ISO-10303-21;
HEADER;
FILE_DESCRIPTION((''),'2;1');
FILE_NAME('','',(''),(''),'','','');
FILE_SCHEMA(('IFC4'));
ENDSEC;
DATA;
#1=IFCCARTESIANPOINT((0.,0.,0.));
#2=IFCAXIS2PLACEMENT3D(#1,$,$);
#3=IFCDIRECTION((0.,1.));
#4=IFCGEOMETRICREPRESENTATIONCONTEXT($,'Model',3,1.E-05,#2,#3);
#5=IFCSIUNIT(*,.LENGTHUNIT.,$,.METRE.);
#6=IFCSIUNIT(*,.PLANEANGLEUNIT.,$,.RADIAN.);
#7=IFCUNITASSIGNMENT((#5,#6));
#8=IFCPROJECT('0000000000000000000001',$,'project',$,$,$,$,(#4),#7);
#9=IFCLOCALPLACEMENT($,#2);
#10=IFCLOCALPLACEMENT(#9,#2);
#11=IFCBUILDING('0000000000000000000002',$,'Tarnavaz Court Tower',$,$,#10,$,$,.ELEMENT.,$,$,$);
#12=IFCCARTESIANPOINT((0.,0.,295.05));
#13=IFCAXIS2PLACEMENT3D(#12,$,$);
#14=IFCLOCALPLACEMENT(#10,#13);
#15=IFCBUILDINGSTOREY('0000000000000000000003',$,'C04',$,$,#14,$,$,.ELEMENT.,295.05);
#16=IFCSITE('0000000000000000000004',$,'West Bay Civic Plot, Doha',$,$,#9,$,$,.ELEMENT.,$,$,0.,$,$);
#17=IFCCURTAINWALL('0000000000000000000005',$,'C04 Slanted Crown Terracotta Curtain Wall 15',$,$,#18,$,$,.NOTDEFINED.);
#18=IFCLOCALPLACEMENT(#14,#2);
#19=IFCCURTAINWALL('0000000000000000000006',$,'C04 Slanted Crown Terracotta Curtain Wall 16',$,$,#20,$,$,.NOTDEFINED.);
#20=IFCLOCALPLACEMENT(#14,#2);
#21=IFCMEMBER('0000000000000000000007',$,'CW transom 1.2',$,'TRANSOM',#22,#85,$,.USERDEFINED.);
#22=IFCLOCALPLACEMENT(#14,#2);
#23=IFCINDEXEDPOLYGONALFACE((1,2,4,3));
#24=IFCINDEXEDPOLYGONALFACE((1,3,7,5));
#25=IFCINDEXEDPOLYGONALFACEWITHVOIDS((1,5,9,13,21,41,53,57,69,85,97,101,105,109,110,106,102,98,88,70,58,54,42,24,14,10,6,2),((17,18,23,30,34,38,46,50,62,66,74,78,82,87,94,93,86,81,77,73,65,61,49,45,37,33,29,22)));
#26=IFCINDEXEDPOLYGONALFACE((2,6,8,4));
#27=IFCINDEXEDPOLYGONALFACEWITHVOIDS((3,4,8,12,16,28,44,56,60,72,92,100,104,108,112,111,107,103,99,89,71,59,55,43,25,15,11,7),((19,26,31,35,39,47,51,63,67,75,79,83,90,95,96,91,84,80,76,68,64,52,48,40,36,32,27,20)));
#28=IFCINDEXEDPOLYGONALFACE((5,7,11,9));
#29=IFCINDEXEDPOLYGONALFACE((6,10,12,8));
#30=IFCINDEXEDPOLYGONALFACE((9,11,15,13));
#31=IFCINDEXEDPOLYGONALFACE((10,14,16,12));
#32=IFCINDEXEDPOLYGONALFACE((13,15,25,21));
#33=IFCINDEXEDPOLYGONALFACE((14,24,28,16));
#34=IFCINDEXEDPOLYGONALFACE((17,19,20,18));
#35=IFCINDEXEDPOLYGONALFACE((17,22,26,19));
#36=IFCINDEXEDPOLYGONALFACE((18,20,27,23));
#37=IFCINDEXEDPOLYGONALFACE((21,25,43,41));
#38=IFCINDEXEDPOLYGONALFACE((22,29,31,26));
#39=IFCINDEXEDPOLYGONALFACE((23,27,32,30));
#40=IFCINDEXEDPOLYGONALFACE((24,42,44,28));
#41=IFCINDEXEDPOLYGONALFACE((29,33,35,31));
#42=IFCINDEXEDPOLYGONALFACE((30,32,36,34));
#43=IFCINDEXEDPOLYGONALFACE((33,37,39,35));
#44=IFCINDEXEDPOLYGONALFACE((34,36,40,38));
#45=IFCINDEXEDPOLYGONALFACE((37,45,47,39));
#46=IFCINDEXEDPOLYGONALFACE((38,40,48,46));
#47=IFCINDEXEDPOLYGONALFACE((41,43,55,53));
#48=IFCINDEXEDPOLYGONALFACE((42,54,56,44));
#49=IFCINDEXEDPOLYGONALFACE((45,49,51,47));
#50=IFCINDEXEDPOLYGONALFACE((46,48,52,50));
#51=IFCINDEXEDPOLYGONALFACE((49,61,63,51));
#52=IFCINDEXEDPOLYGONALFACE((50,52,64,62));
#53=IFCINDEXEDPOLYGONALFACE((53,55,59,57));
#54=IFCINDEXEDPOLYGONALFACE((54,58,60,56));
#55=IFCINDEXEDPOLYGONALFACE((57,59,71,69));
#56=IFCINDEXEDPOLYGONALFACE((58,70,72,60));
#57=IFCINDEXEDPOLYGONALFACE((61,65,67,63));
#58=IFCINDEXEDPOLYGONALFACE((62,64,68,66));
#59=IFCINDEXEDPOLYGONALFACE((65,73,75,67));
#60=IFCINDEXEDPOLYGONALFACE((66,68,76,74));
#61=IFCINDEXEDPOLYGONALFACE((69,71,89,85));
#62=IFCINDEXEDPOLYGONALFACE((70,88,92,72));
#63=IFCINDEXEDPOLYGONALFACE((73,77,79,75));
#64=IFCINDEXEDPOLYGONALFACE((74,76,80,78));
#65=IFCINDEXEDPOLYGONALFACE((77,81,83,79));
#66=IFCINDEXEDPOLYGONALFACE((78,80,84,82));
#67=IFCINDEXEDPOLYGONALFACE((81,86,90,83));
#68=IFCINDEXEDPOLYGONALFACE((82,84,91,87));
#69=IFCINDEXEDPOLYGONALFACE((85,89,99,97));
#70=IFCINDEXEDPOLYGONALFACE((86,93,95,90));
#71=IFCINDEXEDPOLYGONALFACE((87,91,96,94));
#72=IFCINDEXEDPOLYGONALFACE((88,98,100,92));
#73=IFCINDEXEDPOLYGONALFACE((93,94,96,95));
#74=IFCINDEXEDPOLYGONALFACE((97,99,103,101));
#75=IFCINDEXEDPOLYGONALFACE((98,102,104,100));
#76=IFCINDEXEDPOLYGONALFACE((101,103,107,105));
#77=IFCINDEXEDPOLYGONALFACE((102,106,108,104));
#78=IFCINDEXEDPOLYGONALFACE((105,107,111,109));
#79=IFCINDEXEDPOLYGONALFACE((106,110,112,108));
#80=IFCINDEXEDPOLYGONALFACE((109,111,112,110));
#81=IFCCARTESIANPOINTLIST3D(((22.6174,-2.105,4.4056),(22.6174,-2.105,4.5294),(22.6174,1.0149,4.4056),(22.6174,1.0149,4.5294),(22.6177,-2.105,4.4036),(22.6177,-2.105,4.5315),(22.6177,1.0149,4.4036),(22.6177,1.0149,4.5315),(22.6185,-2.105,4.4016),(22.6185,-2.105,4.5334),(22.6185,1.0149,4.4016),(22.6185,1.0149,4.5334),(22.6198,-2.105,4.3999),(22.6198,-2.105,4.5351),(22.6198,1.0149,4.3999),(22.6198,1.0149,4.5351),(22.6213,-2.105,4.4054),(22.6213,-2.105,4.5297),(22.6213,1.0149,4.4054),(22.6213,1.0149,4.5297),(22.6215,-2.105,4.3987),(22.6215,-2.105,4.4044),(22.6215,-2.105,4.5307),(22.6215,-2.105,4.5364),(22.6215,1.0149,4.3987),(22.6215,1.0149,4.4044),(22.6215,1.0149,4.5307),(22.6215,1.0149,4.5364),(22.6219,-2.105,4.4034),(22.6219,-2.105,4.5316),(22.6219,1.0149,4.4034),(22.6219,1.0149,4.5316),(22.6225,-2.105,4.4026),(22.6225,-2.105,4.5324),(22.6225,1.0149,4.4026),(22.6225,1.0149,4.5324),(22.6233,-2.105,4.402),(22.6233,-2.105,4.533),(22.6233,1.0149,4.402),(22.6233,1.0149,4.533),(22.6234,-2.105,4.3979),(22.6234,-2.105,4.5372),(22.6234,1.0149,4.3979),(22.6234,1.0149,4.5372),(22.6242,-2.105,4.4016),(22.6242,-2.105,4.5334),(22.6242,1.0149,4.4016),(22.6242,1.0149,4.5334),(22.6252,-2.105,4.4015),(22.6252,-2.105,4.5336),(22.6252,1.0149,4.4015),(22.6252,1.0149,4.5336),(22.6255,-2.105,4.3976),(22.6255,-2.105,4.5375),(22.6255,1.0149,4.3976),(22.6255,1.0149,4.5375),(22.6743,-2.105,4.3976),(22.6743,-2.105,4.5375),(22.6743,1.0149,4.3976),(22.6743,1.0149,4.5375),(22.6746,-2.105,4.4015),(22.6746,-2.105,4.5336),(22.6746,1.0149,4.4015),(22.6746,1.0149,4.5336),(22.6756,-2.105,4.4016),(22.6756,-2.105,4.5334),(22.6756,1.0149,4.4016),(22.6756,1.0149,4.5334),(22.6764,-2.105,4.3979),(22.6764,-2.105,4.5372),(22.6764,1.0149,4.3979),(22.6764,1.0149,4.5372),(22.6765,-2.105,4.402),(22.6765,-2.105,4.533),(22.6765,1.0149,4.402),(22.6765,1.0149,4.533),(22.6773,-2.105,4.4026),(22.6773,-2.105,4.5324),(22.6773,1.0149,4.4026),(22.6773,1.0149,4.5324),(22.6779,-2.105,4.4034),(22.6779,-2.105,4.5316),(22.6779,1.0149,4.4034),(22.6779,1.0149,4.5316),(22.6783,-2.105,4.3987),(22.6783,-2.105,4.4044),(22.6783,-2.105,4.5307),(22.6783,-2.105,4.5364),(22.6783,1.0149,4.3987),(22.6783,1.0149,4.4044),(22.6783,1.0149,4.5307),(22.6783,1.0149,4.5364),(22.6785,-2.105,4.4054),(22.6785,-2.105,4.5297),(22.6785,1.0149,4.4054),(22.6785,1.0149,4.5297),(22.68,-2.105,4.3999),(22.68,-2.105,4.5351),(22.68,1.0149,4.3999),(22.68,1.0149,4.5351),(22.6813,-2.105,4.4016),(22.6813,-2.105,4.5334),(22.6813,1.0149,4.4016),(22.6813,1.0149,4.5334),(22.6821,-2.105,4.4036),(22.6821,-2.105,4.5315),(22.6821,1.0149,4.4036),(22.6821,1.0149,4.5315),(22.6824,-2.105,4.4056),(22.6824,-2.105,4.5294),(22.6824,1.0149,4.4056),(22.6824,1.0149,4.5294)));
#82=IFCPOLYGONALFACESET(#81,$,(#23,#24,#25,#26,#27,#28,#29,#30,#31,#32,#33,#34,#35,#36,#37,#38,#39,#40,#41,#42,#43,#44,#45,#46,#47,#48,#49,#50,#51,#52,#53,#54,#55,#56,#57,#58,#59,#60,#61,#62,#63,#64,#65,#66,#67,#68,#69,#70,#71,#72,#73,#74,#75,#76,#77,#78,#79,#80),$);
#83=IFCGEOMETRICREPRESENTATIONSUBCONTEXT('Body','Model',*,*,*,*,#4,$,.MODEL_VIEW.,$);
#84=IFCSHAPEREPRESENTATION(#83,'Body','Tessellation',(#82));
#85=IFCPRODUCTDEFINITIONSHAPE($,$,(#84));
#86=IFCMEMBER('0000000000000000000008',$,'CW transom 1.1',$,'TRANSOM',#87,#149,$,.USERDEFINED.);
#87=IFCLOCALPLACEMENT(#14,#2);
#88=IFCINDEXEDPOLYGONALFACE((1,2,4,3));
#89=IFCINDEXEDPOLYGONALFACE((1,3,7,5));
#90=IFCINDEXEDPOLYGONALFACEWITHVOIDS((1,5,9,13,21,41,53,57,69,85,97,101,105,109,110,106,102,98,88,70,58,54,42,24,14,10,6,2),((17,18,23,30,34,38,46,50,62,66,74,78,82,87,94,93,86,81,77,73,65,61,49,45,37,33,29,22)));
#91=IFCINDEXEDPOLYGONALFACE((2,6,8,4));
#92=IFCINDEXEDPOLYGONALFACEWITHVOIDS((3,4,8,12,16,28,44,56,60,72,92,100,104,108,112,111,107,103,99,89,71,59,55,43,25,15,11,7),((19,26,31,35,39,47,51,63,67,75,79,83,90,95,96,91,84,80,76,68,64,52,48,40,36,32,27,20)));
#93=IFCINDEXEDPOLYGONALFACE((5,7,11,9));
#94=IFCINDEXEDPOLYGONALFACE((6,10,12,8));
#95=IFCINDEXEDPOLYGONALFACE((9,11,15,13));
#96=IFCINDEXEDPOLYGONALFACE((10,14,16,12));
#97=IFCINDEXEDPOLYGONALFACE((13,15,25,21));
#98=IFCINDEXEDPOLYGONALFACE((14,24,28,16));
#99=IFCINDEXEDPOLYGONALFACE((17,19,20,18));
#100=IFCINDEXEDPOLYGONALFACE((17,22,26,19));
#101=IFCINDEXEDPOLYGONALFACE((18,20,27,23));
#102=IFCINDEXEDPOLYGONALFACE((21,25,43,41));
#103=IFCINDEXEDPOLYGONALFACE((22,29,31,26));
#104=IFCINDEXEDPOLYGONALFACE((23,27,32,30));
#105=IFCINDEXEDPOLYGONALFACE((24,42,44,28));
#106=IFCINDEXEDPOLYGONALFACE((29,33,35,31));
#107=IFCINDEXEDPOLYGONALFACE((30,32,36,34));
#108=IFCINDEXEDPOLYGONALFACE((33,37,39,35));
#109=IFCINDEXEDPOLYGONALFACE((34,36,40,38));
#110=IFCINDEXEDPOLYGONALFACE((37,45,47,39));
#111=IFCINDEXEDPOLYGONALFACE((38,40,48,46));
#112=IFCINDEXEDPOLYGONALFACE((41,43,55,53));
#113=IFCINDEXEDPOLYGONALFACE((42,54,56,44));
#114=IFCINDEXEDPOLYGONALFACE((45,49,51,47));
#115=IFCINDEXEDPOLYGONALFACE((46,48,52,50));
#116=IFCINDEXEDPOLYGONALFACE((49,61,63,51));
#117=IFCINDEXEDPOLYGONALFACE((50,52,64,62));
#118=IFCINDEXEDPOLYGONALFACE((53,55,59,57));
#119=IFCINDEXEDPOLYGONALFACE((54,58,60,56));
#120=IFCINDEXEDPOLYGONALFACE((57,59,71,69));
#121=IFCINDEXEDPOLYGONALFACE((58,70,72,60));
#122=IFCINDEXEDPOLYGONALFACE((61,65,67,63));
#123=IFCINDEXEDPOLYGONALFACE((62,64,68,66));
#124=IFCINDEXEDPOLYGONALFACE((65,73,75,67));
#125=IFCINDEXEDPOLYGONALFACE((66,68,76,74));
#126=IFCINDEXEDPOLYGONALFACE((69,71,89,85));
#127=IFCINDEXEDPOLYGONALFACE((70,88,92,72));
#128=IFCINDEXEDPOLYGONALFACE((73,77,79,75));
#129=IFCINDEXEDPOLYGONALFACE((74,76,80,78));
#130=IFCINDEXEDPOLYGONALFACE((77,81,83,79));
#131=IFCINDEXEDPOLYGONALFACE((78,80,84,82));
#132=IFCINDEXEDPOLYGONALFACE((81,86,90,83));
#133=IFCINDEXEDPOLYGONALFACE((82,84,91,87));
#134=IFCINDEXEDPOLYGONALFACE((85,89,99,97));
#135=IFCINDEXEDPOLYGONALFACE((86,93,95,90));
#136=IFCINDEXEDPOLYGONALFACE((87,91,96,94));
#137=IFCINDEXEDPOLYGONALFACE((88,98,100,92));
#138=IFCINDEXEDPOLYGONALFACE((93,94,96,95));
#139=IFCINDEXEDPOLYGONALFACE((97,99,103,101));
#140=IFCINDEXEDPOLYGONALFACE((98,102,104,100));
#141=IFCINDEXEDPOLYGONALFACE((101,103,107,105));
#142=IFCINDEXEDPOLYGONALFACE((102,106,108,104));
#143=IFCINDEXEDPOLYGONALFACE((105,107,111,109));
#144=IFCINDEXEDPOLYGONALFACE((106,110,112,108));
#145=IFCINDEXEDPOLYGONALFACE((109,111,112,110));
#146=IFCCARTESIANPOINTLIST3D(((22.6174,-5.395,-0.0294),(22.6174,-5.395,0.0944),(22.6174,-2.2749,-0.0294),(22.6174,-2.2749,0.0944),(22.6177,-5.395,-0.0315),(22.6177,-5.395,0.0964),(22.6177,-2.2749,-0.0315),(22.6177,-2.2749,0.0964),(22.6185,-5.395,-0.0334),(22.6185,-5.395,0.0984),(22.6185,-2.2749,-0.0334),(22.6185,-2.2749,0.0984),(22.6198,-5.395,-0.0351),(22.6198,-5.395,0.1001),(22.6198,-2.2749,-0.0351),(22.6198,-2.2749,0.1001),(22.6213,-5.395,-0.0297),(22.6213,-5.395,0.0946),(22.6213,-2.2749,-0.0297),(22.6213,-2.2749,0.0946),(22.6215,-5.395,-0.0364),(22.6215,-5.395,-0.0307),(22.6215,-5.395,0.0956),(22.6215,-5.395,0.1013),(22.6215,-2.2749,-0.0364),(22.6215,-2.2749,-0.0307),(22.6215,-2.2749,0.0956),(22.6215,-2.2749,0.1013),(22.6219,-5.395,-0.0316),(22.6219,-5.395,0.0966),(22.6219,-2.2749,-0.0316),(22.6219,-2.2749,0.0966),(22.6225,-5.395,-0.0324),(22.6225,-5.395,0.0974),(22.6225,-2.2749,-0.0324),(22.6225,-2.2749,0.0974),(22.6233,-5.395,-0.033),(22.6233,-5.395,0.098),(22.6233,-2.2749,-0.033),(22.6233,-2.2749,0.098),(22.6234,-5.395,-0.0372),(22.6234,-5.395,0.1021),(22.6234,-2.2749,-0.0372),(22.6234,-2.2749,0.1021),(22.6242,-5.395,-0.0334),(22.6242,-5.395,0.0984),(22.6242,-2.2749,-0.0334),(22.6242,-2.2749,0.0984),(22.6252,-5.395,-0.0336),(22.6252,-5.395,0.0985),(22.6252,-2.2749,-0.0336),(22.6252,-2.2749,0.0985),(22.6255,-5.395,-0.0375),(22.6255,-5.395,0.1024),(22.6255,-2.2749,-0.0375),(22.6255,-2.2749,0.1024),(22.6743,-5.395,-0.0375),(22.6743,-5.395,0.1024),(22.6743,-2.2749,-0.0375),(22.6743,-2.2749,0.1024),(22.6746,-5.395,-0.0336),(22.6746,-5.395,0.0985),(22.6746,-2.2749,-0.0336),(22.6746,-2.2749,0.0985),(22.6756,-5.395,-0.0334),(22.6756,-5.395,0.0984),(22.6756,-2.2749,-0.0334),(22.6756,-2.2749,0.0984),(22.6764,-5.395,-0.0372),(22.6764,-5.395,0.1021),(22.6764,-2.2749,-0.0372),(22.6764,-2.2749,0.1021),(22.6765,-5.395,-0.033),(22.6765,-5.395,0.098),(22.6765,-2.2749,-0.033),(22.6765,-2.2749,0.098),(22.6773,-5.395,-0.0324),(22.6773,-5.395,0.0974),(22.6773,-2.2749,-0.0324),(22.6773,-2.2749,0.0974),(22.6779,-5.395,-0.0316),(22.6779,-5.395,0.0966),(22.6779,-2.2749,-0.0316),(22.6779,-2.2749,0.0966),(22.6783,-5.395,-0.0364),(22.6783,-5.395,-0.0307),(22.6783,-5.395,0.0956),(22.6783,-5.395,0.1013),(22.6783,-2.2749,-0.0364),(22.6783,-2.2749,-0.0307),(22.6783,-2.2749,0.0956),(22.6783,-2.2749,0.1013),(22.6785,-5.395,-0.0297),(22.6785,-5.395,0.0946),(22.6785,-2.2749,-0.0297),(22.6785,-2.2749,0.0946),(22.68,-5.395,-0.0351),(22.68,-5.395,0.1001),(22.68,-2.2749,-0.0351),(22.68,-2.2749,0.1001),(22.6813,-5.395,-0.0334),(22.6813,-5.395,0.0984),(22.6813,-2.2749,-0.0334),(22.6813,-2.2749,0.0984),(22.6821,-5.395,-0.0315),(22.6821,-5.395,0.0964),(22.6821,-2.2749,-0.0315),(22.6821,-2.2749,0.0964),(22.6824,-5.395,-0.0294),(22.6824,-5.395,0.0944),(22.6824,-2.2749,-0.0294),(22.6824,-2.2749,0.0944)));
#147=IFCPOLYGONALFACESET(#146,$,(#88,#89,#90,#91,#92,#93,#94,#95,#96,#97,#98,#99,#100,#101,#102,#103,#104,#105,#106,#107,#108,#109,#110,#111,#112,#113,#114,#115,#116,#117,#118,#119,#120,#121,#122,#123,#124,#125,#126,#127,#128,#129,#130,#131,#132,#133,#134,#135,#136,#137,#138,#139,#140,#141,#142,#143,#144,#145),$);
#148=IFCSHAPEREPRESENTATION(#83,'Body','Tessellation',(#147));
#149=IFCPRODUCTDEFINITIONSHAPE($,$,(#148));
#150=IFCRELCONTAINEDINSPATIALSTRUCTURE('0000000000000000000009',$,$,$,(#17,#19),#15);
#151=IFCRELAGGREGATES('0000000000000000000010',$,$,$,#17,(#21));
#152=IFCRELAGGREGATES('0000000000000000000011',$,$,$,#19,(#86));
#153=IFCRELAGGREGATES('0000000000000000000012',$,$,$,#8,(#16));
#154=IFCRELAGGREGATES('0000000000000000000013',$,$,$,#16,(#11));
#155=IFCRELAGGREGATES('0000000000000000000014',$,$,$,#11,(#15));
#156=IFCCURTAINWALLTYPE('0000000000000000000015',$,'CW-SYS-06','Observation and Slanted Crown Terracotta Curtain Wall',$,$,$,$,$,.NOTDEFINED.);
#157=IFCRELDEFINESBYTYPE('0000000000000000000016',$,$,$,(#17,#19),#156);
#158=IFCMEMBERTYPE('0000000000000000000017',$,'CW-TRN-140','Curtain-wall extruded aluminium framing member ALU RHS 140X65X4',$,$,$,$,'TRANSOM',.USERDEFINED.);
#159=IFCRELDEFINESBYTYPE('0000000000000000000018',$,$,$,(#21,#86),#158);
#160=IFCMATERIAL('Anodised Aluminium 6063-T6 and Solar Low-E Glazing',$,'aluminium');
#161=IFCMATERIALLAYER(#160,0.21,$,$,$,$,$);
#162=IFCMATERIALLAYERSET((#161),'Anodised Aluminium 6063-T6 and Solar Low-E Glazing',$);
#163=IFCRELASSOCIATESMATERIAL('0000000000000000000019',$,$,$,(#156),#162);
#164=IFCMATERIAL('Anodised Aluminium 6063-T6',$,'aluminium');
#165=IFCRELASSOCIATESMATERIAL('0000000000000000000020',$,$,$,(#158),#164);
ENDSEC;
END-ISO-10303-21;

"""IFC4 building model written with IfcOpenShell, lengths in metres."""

from ifc_helpers import new_model, si_unit, direction, frame, origin, origin_2d, place, context, subcontext, project, spatial, hollow_rectangle, extrude, material, layer, layer_set, material_profile, profile_set, type_object, element, aggregate, save


model = new_model("IFC4")

# Units and contexts
model_context = context("Model", 3, precision=1e-05, world=origin(), true_north=direction((0.0, 1.0)))
body_context = subcontext(model_context, "Body", "Model", "MODEL_VIEW")
ifc_project = project(units=[si_unit("LENGTHUNIT", "METRE"), si_unit("PLANEANGLEUNIT", "RADIAN")], contexts=[model_context])

# Site, building, storey
site_placement = place(None, origin())
site = spatial("IfcSite", under=ifc_project, at=site_placement, Name="West Bay Civic Plot, Doha", CompositionType="ELEMENT", RefElevation=0.0)
building_placement = place(site_placement, origin())
building = spatial("IfcBuilding", under=site, at=building_placement, Name="Tarnavaz Court Tower", CompositionType="ELEMENT")
storey_placement = place(building_placement, frame((0.0, 0.0, 295.05)))
storey = spatial("IfcBuildingStorey", under=building, at=storey_placement, Name="C04", CompositionType="ELEMENT", Elevation=295.05)

# Shared definitions
ifc_material_1 = material(Name="Anodised Aluminium 6063-T6 and Solar Low-E Glazing", Category="aluminium")
ifc_layer_1 = layer(ifc_material_1, 0.21)
ifc_layer_set_1 = layer_set([ifc_layer_1], Name="Anodised Aluminium 6063-T6 and Solar Low-E Glazing")
curtain_wall_type = type_object("IfcCurtainWallType", Name="CW-SYS-06", Description="Observation and Slanted Crown Terracotta Curtain Wall", PredefinedType="NOTDEFINED", material=ifc_layer_set_1)
ifc_material_2 = material(Name="Anodised Aluminium 6063-T6", Category="aluminium")

# Curtain walls
curtain_wall_1_placement = place(storey_placement, origin())
curtain_wall_1 = element("IfcCurtainWall", 1, at=curtain_wall_1_placement, inside=storey, type_object=curtain_wall_type, Name="C04 Slanted Crown Terracotta Curtain Wall 15", PredefinedType="NOTDEFINED")
curtain_wall_2_placement = place(storey_placement, origin())
curtain_wall_2 = element("IfcCurtainWall", 2, at=curtain_wall_2_placement, inside=storey, type_object=curtain_wall_type, Name="C04 Slanted Crown Terracotta Curtain Wall 16", PredefinedType="NOTDEFINED")

# Members
ifc_material_profile_1 = material_profile(ifc_material_2, hollow_rectangle(XDim=0.0649, YDim=0.1399, WallThickness=0.0039, InnerFilletRadius=0.0039, OuterFilletRadius=0.0081, at=origin_2d()), Name="ALU RHS 140X65X4")
ifc_profile_set_1 = profile_set([ifc_material_profile_1], Name="Anodised Aluminium 6063-T6")
member_type_1 = type_object("IfcMemberType", Name="CW-TRN-140", Description="Curtain-wall extruded aluminium framing member ALU RHS 140X65X4", ElementType="TRANSOM", PredefinedType="USERDEFINED", material=ifc_profile_set_1)
member_1_placement = place(storey_placement, frame((22.6499, 1.0149, 4.4675), z_axis=(0.0, -1.0, 0.0), x_axis=(1.0, 0.0, 0.0)))
member_1 = element("IfcMember", 3, at=member_1_placement, type_object=member_type_1, Name="CW transom 1.2", ObjectType="TRANSOM", PredefinedType="USERDEFINED", context=body_context, shape_type="SweptSolid", body=[
    extrude(hollow_rectangle(XDim=0.0649, YDim=0.1399, WallThickness=0.0039, InnerFilletRadius=0.0039, OuterFilletRadius=0.0081, at=origin_2d()), origin(), (0.0, 0.0, 1.0), 3.1199),
])
member_2_placement = place(storey_placement, frame((22.6499, -2.2749, 0.0325), z_axis=(0.0, -1.0, 0.0), x_axis=(1.0, 0.0, 0.0)))
member_2 = element("IfcMember", 4, at=member_2_placement, type_object=member_type_1, Name="CW transom 1.1", ObjectType="TRANSOM", PredefinedType="USERDEFINED", context=body_context, shape_type="SweptSolid", body=[
    extrude(hollow_rectangle(XDim=0.0649, YDim=0.1399, WallThickness=0.0039, InnerFilletRadius=0.0039, OuterFilletRadius=0.0081, at=origin_2d()), origin(), (0.0, 0.0, 1.0), 3.1201),
])

aggregate(curtain_wall_1, [member_1])
aggregate(curtain_wall_2, [member_2])

save(model, "model.ifc")
